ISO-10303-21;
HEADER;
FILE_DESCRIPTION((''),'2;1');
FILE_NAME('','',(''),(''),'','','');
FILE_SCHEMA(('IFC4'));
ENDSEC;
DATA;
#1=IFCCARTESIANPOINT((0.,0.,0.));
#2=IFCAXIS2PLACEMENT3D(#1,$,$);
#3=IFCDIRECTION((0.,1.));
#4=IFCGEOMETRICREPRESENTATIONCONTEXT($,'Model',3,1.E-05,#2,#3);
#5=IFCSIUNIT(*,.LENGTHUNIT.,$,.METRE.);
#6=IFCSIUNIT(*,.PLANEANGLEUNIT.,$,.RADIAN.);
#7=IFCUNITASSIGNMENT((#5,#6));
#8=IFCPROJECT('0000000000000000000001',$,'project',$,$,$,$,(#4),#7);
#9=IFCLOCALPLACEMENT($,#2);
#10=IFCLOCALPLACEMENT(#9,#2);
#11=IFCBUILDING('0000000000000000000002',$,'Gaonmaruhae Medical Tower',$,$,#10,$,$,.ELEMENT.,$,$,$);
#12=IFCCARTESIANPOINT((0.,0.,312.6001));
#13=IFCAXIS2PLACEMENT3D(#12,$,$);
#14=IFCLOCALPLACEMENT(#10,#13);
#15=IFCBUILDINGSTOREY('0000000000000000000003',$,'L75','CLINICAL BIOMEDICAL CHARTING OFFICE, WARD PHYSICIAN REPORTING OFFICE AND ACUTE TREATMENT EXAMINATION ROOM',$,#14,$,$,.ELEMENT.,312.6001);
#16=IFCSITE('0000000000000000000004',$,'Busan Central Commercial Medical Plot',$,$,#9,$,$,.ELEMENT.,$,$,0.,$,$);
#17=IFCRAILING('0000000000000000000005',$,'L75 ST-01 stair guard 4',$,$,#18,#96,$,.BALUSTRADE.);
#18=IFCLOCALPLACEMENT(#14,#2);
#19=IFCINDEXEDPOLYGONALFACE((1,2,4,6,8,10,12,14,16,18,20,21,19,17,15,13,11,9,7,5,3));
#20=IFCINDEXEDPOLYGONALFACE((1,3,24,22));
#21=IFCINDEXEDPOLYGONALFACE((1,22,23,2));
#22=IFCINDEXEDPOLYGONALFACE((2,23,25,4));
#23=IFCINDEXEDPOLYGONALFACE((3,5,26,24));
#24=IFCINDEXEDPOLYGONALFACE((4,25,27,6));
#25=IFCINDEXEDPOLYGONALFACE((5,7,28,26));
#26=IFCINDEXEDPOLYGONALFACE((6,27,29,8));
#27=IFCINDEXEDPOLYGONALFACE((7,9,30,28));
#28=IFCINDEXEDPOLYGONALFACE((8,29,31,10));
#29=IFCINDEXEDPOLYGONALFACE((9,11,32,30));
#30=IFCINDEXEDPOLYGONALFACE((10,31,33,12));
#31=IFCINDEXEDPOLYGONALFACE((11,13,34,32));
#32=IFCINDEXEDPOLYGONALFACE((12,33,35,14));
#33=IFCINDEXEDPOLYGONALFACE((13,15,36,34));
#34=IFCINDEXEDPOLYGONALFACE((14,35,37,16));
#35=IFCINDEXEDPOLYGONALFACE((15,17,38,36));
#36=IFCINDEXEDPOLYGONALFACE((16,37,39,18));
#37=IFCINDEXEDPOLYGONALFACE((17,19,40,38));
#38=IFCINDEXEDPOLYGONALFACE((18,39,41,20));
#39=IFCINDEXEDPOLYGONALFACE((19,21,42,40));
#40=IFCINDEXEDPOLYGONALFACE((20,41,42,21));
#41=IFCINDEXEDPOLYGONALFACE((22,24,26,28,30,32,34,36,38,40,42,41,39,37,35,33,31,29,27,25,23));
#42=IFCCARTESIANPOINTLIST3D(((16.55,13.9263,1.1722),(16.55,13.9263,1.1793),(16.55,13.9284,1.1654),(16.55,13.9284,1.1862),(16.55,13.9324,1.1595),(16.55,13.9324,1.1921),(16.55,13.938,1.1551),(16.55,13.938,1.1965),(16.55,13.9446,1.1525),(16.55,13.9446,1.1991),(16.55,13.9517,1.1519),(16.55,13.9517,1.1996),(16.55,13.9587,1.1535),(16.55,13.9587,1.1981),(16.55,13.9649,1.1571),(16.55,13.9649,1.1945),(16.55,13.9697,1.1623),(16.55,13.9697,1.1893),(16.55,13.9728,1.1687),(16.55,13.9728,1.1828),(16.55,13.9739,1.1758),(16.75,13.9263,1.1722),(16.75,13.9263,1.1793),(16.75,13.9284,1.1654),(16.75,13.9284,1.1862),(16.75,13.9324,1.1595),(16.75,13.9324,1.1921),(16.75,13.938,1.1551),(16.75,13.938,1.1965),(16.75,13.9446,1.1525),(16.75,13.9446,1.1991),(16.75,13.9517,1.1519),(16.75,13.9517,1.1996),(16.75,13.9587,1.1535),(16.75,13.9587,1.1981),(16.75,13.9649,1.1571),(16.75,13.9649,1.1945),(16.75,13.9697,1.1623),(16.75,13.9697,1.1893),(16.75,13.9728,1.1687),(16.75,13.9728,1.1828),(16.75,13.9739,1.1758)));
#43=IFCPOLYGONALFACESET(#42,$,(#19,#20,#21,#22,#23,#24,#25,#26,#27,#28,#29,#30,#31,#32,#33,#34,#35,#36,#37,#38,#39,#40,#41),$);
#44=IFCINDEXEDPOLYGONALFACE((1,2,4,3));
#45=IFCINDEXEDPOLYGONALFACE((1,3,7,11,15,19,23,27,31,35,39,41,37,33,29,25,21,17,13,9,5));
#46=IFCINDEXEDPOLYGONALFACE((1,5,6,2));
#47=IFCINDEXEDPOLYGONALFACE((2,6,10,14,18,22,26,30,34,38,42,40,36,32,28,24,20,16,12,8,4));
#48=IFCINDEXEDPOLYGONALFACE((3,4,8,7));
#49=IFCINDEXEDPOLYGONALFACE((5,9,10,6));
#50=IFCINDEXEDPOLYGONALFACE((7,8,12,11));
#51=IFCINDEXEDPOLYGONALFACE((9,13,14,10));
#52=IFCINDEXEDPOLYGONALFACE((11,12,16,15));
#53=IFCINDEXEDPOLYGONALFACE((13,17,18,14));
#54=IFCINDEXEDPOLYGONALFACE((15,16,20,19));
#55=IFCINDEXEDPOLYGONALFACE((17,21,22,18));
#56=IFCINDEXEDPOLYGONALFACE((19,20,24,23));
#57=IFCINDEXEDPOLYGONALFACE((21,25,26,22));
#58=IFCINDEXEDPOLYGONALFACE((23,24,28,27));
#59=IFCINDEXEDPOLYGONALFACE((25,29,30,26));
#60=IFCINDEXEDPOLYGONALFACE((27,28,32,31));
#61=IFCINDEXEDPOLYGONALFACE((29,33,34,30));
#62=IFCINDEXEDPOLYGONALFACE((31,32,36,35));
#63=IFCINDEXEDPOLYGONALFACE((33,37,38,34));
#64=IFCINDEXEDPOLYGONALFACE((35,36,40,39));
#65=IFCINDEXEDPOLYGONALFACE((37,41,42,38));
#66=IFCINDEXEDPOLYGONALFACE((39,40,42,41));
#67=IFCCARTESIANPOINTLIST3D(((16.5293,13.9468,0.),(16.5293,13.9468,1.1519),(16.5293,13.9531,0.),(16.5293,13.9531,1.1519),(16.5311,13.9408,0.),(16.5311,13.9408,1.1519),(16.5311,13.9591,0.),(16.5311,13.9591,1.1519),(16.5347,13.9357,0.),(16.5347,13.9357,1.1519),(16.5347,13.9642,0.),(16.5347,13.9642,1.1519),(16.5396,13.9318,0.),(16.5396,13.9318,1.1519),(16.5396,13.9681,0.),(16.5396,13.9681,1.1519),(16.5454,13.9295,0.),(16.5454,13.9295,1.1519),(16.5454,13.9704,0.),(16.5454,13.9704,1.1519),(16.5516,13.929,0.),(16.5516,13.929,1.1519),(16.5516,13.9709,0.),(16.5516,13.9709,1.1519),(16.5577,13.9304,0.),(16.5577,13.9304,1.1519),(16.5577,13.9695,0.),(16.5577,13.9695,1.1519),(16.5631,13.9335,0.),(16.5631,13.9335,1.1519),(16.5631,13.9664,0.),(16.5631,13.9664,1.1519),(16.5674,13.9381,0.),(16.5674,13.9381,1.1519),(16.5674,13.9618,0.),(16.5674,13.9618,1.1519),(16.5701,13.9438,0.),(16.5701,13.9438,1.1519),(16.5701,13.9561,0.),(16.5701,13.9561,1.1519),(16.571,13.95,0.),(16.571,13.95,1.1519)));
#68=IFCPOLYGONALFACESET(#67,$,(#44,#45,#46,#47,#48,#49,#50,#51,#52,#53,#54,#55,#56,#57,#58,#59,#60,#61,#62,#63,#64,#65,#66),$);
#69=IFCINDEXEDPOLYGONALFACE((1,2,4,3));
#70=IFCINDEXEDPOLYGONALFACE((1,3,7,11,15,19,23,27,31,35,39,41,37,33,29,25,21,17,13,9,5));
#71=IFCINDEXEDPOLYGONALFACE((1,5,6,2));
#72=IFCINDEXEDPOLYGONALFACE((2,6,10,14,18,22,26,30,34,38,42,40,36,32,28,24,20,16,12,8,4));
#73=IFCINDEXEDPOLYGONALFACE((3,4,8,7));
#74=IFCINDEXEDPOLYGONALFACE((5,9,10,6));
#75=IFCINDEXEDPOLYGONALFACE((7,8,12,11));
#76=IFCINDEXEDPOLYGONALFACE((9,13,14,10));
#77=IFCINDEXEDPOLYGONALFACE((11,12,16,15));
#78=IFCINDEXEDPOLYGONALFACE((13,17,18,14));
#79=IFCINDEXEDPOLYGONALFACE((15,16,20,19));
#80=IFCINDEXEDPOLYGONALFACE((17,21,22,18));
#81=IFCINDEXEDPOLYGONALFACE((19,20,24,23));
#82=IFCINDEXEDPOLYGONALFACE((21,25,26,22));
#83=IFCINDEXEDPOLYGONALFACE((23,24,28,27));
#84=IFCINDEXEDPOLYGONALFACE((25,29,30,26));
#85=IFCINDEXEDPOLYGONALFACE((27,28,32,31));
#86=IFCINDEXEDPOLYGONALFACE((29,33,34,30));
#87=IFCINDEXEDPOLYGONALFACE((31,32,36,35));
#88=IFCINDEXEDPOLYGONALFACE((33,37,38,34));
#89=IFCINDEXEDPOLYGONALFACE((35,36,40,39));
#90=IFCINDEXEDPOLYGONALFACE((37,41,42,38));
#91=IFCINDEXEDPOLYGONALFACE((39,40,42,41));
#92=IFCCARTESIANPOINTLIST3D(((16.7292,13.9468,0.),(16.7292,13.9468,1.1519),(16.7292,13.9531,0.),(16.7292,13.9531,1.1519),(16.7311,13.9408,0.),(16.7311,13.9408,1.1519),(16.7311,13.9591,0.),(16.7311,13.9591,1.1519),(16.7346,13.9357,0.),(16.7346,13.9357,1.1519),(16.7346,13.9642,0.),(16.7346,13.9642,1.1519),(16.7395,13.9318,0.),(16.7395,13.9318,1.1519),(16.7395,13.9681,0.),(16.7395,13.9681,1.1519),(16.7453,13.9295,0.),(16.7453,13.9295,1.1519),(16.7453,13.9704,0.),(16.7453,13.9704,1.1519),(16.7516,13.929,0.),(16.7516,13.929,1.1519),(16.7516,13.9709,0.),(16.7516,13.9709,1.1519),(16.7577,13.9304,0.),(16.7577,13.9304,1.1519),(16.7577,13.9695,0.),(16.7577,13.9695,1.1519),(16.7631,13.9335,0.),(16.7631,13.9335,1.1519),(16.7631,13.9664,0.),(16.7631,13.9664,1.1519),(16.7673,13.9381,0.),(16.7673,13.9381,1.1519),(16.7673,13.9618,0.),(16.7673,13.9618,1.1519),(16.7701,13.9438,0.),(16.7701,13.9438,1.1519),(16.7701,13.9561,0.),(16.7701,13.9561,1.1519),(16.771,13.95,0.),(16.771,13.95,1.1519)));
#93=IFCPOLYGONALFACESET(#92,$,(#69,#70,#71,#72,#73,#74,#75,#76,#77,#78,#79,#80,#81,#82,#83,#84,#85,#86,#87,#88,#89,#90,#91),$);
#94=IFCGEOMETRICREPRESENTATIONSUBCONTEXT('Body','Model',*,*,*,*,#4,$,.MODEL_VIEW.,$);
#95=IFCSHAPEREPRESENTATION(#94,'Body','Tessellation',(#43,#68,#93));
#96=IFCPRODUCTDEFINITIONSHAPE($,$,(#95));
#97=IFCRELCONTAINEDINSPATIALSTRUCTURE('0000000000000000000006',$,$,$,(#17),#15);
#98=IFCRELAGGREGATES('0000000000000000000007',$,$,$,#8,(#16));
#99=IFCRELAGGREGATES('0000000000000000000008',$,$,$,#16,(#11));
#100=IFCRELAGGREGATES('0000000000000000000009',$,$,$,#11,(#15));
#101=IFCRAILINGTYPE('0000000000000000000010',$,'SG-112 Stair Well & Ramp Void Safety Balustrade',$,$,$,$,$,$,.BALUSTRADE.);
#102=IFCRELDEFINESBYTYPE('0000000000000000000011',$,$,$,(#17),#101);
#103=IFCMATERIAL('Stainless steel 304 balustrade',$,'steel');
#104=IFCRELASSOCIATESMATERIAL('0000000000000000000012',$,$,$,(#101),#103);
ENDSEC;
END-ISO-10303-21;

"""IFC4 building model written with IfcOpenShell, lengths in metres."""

from ifc_helpers import new_model, si_unit, direction, frame, origin, origin_2d, place, context, subcontext, project, spatial, circle, extrude, material, type_object, element, save


model = new_model("IFC4")

# Units and contexts
model_context = context("Model", 3, precision=1e-05, world=origin(), true_north=direction((0.0, 1.0)))
body_context = subcontext(model_context, "Body", "Model", "MODEL_VIEW")
ifc_project = project(units=[si_unit("LENGTHUNIT", "METRE"), si_unit("PLANEANGLEUNIT", "RADIAN")], contexts=[model_context])

# Site, building, storey
site_placement = place(None, origin())
site = spatial("IfcSite", under=ifc_project, at=site_placement, Name="Busan Central Commercial Medical Plot", CompositionType="ELEMENT", RefElevation=0.0)
building_placement = place(site_placement, origin())
building = spatial("IfcBuilding", under=site, at=building_placement, Name="Gaonmaruhae Medical Tower", CompositionType="ELEMENT")
storey_placement = place(building_placement, frame((0.0, 0.0, 312.6001)))
storey = spatial("IfcBuildingStorey", under=building, at=storey_placement, Name="L75", Description="CLINICAL BIOMEDICAL CHARTING OFFICE, WARD PHYSICIAN REPORTING OFFICE AND ACUTE TREATMENT EXAMINATION ROOM", CompositionType="ELEMENT", Elevation=312.6001)

# Railing
ifc_material_1 = material(Name="Stainless steel 304 balustrade", Category="steel")
railing_type_1 = type_object("IfcRailingType", Name="SG-112 Stair Well & Ramp Void Safety Balustrade", PredefinedType="BALUSTRADE", material=ifc_material_1)
railing_1_placement = place(storey_placement, frame((16.55, 13.95, 0.0)))
element("IfcRailing", 1, at=railing_1_placement, inside=storey, type_object=railing_type_1, Name="L75 ST-01 stair guard 4", PredefinedType="BALUSTRADE", context=body_context, shape_type="SweptSolid", body=[
    extrude(circle(Radius=0.0239, at=origin_2d()), frame((0.0, 0.0, 1.1758), z_axis=(1.0, 0.0, 0.0), x_axis=(0.0, 1.0, 0.0)), (0.0, 0.0, 1.0), 0.2),
    extrude(circle(Radius=0.021, at=origin_2d()), origin(), (0.0, 0.0, 1.0), 1.1519),
    extrude(circle(Radius=0.021, at=origin_2d()), frame((0.2, 0.0, 0.0)), (0.0, 0.0, 1.0), 1.1519),
])

save(model, "model.ifc")
